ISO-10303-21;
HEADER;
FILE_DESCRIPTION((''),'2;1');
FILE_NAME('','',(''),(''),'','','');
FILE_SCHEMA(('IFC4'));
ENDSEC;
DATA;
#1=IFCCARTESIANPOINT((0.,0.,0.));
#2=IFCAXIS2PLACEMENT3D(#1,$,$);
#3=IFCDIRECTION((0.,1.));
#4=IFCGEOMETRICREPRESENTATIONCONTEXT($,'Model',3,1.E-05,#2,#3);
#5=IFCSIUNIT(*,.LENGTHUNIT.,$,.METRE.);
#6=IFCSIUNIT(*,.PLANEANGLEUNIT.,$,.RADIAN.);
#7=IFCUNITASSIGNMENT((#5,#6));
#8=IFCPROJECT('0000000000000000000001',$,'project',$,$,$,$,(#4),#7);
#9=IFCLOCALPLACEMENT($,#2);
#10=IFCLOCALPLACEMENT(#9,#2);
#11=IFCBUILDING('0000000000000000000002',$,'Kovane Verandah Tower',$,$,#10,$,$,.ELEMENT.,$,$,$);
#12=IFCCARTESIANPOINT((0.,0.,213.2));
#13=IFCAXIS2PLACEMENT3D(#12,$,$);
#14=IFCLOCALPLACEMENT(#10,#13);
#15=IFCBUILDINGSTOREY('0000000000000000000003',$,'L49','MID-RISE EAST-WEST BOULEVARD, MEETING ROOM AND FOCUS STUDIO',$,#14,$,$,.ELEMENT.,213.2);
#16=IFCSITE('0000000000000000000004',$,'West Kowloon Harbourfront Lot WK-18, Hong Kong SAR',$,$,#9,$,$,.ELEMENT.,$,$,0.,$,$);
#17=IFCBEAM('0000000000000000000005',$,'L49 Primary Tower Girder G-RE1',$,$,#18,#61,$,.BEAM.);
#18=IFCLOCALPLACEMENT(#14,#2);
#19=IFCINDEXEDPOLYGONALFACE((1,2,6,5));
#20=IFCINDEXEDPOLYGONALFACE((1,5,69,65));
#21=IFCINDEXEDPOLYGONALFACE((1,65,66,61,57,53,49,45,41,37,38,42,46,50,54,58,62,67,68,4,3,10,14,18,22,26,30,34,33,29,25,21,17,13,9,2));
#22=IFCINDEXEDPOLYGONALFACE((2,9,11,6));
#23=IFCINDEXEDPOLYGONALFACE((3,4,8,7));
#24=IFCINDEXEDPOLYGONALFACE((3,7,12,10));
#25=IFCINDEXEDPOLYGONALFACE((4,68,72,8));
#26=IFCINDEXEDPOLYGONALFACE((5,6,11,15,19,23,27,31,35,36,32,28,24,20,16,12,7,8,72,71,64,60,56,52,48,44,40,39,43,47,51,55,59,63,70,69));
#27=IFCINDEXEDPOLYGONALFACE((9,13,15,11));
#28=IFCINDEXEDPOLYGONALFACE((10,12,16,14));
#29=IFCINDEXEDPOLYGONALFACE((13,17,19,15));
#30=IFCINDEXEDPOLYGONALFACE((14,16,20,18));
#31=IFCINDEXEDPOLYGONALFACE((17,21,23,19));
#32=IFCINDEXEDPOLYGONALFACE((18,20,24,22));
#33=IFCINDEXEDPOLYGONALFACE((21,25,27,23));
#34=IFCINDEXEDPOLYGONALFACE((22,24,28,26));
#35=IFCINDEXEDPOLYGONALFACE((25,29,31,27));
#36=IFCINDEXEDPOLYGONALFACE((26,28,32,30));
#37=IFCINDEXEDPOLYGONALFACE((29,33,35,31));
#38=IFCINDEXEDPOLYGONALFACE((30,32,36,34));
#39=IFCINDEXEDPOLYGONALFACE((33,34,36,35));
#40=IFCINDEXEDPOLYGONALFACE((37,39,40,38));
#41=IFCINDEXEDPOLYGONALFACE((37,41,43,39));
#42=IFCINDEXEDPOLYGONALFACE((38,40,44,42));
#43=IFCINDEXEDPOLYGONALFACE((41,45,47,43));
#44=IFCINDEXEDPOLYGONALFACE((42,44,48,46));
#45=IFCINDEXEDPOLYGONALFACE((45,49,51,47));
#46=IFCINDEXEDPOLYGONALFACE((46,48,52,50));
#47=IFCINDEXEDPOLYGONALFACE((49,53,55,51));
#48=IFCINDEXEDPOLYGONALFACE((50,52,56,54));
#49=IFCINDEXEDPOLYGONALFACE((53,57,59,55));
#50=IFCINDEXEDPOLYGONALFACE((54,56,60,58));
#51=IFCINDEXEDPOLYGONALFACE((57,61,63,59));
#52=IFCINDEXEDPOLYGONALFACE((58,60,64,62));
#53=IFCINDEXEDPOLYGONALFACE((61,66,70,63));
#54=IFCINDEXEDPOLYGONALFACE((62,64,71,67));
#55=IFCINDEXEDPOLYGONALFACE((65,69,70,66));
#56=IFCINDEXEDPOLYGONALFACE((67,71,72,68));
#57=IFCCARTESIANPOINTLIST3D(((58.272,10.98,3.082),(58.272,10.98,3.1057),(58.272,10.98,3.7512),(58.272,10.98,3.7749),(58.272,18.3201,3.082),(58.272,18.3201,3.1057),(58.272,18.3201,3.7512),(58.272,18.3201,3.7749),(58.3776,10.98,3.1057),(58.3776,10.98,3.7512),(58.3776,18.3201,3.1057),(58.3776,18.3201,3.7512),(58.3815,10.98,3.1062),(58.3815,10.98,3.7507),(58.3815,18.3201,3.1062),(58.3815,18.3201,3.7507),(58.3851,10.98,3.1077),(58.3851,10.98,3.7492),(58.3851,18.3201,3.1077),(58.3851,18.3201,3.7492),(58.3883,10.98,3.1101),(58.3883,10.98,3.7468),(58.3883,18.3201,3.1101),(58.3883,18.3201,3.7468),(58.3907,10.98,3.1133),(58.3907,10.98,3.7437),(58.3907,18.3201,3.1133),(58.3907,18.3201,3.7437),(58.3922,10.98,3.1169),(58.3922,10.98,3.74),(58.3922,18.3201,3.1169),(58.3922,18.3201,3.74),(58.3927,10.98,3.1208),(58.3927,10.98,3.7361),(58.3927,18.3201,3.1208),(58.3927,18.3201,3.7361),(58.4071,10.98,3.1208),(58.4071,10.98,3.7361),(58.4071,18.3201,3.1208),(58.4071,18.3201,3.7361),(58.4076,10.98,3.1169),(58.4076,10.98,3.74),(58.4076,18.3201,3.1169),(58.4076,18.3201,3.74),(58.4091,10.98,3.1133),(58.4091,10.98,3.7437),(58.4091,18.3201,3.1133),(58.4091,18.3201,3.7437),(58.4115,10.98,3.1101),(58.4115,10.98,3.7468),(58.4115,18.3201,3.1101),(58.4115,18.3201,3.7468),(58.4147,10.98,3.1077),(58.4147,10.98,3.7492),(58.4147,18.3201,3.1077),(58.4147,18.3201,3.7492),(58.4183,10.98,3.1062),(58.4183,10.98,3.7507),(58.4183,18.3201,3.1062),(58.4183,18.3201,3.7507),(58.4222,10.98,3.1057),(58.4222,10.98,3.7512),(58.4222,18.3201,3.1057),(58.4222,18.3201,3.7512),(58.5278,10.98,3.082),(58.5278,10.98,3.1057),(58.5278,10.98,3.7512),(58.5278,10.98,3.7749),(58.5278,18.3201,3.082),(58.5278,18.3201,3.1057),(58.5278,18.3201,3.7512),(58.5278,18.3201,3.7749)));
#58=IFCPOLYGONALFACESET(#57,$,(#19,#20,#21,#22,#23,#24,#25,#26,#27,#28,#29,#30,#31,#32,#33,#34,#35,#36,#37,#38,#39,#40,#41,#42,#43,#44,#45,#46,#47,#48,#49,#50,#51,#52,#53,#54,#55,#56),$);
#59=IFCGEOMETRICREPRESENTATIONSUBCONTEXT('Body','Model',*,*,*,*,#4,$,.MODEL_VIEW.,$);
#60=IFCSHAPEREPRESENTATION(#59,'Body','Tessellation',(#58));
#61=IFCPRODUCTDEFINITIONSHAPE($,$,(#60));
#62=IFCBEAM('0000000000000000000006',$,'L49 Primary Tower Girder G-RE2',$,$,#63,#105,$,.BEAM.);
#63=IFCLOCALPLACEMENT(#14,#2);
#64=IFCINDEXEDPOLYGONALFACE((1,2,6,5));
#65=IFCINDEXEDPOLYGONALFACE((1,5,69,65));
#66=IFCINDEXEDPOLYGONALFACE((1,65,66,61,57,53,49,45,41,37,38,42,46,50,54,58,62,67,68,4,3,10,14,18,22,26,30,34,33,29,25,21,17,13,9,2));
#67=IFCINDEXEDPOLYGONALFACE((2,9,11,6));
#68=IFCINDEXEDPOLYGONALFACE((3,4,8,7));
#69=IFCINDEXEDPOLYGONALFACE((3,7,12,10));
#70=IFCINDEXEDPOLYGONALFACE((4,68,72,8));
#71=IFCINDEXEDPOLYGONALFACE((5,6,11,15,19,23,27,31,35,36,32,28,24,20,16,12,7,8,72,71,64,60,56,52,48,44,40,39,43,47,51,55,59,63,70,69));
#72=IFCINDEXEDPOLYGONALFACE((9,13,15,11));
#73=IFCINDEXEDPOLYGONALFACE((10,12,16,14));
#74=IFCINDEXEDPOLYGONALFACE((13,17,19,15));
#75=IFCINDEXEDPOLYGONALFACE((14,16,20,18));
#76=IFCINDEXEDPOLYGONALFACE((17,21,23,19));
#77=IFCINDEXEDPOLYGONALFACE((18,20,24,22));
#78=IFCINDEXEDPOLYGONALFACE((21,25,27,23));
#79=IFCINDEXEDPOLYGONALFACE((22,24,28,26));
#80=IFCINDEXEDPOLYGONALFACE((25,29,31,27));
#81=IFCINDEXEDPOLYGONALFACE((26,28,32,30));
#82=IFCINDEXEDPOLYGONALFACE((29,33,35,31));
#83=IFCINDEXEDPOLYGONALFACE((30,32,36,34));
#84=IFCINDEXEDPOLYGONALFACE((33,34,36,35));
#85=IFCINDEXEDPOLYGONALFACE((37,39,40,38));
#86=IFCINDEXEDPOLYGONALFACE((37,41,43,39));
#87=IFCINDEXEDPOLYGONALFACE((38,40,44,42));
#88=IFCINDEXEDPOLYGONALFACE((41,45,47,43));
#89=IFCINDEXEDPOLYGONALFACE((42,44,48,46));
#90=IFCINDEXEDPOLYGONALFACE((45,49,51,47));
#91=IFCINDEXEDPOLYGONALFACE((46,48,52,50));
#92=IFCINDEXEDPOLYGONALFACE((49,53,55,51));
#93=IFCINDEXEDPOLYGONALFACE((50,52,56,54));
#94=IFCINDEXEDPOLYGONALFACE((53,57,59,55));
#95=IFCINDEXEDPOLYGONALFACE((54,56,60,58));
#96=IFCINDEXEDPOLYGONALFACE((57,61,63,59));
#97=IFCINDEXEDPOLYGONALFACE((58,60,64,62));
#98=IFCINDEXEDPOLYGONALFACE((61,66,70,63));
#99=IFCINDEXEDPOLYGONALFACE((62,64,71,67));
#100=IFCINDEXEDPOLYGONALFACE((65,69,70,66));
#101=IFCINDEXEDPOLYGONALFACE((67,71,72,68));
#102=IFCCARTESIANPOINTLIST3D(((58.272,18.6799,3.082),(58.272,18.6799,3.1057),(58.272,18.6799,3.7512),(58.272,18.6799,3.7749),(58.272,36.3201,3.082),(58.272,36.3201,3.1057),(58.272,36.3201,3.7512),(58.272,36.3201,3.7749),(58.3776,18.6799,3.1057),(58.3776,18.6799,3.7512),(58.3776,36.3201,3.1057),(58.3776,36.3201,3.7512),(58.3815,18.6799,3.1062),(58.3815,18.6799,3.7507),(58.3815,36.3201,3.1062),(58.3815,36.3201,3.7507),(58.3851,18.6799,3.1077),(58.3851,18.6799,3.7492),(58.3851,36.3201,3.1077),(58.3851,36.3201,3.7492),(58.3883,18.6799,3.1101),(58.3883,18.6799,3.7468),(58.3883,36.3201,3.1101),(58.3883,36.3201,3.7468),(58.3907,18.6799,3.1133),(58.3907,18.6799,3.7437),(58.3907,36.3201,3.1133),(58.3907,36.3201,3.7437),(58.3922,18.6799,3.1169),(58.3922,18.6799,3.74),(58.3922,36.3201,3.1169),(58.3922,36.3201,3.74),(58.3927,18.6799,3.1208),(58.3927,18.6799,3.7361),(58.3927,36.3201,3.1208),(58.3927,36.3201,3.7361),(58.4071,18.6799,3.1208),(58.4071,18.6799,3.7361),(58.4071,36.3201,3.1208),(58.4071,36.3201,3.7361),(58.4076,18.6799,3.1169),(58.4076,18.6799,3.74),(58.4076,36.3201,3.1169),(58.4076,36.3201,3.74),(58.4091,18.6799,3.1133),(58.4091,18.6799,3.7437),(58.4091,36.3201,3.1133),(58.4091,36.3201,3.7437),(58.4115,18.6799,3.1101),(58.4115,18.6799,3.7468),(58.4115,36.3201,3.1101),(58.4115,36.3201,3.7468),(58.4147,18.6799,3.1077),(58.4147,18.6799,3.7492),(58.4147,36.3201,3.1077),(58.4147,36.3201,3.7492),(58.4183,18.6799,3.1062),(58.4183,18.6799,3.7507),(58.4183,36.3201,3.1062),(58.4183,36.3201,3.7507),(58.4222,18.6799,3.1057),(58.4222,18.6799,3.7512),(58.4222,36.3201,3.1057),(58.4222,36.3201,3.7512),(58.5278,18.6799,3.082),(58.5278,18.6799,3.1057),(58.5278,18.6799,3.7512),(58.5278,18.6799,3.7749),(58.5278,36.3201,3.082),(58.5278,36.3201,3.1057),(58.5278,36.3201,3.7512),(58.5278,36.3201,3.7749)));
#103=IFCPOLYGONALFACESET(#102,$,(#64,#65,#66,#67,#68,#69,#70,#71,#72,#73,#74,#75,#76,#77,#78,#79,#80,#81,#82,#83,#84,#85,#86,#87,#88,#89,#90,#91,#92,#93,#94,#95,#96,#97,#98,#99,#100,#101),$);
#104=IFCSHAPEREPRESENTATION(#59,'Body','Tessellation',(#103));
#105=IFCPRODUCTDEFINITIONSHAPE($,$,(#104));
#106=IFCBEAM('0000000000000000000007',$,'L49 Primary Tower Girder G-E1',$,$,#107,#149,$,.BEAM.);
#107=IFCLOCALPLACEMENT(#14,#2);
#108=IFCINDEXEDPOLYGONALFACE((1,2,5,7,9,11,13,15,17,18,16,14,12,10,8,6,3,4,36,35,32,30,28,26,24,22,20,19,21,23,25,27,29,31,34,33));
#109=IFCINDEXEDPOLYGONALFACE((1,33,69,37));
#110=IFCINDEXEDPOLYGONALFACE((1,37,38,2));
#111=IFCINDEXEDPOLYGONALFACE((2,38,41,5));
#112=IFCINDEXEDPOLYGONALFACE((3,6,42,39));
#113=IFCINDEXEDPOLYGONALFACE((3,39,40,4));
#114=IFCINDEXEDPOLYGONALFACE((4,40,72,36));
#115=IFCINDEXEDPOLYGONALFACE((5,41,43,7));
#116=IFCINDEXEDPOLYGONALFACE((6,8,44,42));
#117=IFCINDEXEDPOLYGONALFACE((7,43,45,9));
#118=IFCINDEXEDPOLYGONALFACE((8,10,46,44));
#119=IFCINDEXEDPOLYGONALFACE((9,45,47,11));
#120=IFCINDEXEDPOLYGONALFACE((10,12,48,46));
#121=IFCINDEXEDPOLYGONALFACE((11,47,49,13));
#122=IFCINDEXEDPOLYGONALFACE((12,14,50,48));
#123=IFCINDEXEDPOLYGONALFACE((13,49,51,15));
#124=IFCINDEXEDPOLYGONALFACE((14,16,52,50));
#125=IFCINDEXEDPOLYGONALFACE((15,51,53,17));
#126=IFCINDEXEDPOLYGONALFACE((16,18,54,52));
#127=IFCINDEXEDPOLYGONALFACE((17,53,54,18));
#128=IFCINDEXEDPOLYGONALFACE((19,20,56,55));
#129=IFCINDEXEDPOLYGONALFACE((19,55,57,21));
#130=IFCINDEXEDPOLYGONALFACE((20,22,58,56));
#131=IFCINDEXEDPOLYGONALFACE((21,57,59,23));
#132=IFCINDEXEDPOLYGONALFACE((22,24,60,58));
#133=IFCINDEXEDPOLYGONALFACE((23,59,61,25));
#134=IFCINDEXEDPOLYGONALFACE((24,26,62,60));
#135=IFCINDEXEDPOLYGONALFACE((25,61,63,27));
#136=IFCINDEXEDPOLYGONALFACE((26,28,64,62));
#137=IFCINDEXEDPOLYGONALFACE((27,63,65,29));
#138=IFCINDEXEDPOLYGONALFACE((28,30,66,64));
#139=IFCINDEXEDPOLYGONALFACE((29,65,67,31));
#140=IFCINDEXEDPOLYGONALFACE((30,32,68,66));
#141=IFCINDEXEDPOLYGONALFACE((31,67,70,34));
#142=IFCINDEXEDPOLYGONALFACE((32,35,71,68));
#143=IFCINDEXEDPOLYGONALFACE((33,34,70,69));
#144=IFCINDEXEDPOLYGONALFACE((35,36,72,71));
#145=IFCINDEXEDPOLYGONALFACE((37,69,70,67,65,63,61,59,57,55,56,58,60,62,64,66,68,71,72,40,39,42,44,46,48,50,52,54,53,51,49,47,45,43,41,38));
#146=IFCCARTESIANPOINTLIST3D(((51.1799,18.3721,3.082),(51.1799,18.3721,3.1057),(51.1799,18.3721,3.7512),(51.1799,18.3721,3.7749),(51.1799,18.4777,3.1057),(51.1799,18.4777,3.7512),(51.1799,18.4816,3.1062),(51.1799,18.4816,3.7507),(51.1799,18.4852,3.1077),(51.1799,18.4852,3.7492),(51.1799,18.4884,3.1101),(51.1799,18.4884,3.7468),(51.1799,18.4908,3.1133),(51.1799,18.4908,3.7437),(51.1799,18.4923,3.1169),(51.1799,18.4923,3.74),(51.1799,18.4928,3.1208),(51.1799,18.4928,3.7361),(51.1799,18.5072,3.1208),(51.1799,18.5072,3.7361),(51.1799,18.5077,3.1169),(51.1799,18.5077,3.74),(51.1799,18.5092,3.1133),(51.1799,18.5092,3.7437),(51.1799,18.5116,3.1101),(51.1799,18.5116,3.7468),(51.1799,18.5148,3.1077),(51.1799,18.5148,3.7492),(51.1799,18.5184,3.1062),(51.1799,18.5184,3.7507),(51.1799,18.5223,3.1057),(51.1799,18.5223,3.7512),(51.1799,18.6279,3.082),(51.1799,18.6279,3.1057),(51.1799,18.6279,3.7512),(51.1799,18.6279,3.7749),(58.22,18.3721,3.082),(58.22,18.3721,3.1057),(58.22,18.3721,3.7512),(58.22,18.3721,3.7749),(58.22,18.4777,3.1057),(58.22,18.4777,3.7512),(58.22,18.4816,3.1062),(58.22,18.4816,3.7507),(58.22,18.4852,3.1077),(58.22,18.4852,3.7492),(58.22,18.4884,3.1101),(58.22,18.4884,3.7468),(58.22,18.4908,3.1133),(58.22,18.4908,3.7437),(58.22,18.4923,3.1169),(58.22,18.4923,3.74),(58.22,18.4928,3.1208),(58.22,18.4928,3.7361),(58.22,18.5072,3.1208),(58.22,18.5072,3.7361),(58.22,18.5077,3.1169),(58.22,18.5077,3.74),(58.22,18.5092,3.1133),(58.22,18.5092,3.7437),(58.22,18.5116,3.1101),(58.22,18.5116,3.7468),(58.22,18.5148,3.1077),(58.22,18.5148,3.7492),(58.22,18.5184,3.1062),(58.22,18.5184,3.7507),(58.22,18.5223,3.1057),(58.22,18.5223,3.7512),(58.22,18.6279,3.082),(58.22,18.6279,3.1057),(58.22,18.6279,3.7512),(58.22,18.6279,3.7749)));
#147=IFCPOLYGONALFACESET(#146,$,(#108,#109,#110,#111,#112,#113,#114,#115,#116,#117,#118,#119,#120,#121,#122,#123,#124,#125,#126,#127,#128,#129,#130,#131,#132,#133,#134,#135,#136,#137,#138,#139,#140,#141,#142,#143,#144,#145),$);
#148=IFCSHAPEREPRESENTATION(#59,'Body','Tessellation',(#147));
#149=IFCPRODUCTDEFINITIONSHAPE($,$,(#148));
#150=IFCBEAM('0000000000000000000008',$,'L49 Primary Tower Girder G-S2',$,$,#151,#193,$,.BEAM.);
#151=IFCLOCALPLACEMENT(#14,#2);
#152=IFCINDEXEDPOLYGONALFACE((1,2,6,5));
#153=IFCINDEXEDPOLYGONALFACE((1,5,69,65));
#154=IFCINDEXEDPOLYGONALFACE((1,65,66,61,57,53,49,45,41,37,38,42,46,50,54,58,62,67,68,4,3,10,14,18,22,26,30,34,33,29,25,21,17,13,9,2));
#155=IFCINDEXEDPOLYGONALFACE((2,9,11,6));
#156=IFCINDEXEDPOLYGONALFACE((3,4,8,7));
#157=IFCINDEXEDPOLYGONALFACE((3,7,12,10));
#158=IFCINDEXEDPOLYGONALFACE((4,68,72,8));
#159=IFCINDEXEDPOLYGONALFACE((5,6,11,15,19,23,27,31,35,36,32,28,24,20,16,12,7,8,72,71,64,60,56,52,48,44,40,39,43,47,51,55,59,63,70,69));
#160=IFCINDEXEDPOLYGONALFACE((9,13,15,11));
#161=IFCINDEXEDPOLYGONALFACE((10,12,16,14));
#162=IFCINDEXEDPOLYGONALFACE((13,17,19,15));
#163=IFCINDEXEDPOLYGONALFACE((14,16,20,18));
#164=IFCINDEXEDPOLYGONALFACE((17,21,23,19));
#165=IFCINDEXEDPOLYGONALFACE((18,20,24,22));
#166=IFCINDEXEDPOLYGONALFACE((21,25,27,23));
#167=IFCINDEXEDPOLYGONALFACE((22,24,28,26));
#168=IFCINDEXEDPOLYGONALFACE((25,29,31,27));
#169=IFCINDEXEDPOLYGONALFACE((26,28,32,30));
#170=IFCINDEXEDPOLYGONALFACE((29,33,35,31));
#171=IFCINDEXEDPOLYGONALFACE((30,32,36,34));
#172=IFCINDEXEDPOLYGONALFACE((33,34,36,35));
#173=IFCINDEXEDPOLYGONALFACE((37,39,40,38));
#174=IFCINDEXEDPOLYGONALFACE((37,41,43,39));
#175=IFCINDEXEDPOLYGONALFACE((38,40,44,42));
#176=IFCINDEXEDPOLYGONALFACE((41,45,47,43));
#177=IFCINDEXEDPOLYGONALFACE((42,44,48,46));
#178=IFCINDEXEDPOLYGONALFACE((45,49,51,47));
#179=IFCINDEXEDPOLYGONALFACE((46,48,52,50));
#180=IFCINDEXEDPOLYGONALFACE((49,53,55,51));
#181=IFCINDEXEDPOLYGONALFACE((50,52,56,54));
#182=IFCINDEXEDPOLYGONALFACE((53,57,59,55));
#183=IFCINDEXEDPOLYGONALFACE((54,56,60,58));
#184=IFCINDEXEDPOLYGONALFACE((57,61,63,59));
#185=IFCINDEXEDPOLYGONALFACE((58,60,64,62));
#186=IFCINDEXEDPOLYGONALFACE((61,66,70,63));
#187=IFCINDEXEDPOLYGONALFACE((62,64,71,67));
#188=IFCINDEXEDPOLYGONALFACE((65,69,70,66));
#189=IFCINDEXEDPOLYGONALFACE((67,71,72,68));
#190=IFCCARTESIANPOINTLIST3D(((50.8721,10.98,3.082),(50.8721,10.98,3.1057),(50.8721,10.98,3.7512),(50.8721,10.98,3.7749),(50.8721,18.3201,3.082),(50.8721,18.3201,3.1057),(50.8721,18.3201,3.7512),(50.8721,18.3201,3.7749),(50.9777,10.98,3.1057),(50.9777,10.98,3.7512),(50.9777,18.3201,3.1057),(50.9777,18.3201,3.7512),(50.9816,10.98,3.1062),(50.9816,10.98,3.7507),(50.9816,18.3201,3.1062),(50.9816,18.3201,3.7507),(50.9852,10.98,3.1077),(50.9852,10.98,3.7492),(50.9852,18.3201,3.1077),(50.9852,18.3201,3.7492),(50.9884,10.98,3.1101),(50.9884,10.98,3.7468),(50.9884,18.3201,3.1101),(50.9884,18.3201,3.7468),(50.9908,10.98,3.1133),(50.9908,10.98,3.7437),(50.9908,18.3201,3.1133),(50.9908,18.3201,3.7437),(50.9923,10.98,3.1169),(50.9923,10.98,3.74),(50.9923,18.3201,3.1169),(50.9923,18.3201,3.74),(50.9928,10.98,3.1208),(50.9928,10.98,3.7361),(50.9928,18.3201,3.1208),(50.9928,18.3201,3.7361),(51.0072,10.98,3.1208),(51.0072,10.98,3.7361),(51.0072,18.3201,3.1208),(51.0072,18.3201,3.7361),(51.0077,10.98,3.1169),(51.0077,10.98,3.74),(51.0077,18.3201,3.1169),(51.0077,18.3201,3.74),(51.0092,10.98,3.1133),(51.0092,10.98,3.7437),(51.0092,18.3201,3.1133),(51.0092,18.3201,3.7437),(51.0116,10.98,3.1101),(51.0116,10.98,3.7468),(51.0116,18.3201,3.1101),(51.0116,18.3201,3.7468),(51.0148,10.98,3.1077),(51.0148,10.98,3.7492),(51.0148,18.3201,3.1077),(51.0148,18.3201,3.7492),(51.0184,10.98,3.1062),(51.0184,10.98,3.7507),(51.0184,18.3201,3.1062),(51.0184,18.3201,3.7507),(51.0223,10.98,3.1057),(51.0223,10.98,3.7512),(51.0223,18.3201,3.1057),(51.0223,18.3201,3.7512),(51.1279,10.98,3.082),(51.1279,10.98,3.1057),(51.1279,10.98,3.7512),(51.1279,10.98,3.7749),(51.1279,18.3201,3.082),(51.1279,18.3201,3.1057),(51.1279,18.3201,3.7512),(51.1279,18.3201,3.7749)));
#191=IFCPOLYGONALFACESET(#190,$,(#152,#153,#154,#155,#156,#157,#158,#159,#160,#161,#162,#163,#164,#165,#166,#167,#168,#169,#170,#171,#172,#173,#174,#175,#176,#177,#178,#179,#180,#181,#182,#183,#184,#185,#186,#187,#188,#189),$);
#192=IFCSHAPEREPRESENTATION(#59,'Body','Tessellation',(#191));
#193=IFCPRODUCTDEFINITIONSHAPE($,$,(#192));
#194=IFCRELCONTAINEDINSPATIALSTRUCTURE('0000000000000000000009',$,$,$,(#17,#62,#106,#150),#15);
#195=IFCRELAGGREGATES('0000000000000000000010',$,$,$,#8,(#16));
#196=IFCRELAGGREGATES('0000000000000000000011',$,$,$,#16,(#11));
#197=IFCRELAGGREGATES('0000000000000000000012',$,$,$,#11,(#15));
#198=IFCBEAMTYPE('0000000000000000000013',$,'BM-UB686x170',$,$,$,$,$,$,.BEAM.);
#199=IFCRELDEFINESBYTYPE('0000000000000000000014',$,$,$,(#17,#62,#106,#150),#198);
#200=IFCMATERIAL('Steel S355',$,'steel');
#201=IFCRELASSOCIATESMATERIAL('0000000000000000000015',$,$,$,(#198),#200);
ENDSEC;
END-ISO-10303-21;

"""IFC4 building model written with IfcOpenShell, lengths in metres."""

from ifc_helpers import new_model, si_unit, direction, frame, origin, origin_2d, place, context, subcontext, project, spatial, i_section, extrude, material, material_profile, profile_set, type_object, element, save


model = new_model("IFC4")

# Units and contexts
model_context = context("Model", 3, precision=1e-05, world=origin(), true_north=direction((0.0, 1.0)))
body_context = subcontext(model_context, "Body", "Model", "MODEL_VIEW")
ifc_project = project(units=[si_unit("LENGTHUNIT", "METRE"), si_unit("PLANEANGLEUNIT", "RADIAN")], contexts=[model_context])

# Site, building, storey
site_placement = place(None, origin())
site = spatial("IfcSite", under=ifc_project, at=site_placement, Name="West Kowloon Harbourfront Lot WK-18, Hong Kong SAR", CompositionType="ELEMENT", RefElevation=0.0)
building_placement = place(site_placement, origin())
building = spatial("IfcBuilding", under=site, at=building_placement, Name="Kovane Verandah Tower", CompositionType="ELEMENT")
storey_placement = place(building_placement, frame((0.0, 0.0, 213.2)))
storey = spatial("IfcBuildingStorey", under=building, at=storey_placement, Name="L49", Description="MID-RISE EAST-WEST BOULEVARD, MEETING ROOM AND FOCUS STUDIO", CompositionType="ELEMENT", Elevation=213.2)

# Beams
ifc_material_1 = material(Name="Steel S355", Category="steel")
ifc_material_profile_1 = material_profile(ifc_material_1, i_section(OverallWidth=0.2559, OverallDepth=0.6929, WebThickness=0.0144, FlangeThickness=0.0237, FilletRadius=0.0151, at=origin_2d()), Name="UB686x254x170")
ifc_profile_set_1 = profile_set([ifc_material_profile_1], Name="Steel S355")
beam_type_1 = type_object("IfcBeamType", Name="BM-UB686x170", PredefinedType="BEAM", material=ifc_profile_set_1)
beam_1_placement = place(storey_placement, frame((58.3999, 10.98, 3.4285), z_axis=(0.0, 1.0, 0.0), x_axis=(-1.0, 0.0, 0.0)))
element("IfcBeam", 1, at=beam_1_placement, inside=storey, type_object=beam_type_1, Name="L49 Primary Tower Girder G-RE1", PredefinedType="BEAM", context=body_context, shape_type="SweptSolid", body=[
    extrude(i_section(OverallWidth=0.2559, OverallDepth=0.6929, WebThickness=0.0144, FlangeThickness=0.0237, FilletRadius=0.0151, at=origin_2d()), origin(), (0.0, 0.0, 1.0), 7.3401),
])
beam_2_placement = place(storey_placement, frame((58.3999, 18.6799, 3.4285), z_axis=(0.0, 1.0, 0.0), x_axis=(-1.0, 0.0, 0.0)))
element("IfcBeam", 2, at=beam_2_placement, inside=storey, type_object=beam_type_1, Name="L49 Primary Tower Girder G-RE2", PredefinedType="BEAM", context=body_context, shape_type="SweptSolid", body=[
    extrude(i_section(OverallWidth=0.2559, OverallDepth=0.6929, WebThickness=0.0144, FlangeThickness=0.0237, FilletRadius=0.0151, at=origin_2d()), origin(), (0.0, 0.0, 1.0), 17.6401),
])
beam_3_placement = place(storey_placement, frame((51.1799, 18.5, 3.4285), z_axis=(1.0, 0.0, 0.0), x_axis=(0.0, 1.0, 0.0)))
element("IfcBeam", 3, at=beam_3_placement, inside=storey, type_object=beam_type_1, Name="L49 Primary Tower Girder G-E1", PredefinedType="BEAM", context=body_context, shape_type="SweptSolid", body=[
    extrude(i_section(OverallWidth=0.2559, OverallDepth=0.6929, WebThickness=0.0144, FlangeThickness=0.0237, FilletRadius=0.0151, at=origin_2d()), origin(), (0.0, 0.0, 1.0), 7.04),
])
beam_4_placement = place(storey_placement, frame((51.0, 18.3201, 3.4285), z_axis=(0.0, -1.0, 0.0), x_axis=(1.0, 0.0, 0.0)))
element("IfcBeam", 4, at=beam_4_placement, inside=storey, type_object=beam_type_1, Name="L49 Primary Tower Girder G-S2", PredefinedType="BEAM", context=body_context, shape_type="SweptSolid", body=[
    extrude(i_section(OverallWidth=0.2559, OverallDepth=0.6929, WebThickness=0.0144, FlangeThickness=0.0237, FilletRadius=0.0151, at=origin_2d()), origin(), (0.0, 0.0, 1.0), 7.3401),
])

save(model, "model.ifc")
